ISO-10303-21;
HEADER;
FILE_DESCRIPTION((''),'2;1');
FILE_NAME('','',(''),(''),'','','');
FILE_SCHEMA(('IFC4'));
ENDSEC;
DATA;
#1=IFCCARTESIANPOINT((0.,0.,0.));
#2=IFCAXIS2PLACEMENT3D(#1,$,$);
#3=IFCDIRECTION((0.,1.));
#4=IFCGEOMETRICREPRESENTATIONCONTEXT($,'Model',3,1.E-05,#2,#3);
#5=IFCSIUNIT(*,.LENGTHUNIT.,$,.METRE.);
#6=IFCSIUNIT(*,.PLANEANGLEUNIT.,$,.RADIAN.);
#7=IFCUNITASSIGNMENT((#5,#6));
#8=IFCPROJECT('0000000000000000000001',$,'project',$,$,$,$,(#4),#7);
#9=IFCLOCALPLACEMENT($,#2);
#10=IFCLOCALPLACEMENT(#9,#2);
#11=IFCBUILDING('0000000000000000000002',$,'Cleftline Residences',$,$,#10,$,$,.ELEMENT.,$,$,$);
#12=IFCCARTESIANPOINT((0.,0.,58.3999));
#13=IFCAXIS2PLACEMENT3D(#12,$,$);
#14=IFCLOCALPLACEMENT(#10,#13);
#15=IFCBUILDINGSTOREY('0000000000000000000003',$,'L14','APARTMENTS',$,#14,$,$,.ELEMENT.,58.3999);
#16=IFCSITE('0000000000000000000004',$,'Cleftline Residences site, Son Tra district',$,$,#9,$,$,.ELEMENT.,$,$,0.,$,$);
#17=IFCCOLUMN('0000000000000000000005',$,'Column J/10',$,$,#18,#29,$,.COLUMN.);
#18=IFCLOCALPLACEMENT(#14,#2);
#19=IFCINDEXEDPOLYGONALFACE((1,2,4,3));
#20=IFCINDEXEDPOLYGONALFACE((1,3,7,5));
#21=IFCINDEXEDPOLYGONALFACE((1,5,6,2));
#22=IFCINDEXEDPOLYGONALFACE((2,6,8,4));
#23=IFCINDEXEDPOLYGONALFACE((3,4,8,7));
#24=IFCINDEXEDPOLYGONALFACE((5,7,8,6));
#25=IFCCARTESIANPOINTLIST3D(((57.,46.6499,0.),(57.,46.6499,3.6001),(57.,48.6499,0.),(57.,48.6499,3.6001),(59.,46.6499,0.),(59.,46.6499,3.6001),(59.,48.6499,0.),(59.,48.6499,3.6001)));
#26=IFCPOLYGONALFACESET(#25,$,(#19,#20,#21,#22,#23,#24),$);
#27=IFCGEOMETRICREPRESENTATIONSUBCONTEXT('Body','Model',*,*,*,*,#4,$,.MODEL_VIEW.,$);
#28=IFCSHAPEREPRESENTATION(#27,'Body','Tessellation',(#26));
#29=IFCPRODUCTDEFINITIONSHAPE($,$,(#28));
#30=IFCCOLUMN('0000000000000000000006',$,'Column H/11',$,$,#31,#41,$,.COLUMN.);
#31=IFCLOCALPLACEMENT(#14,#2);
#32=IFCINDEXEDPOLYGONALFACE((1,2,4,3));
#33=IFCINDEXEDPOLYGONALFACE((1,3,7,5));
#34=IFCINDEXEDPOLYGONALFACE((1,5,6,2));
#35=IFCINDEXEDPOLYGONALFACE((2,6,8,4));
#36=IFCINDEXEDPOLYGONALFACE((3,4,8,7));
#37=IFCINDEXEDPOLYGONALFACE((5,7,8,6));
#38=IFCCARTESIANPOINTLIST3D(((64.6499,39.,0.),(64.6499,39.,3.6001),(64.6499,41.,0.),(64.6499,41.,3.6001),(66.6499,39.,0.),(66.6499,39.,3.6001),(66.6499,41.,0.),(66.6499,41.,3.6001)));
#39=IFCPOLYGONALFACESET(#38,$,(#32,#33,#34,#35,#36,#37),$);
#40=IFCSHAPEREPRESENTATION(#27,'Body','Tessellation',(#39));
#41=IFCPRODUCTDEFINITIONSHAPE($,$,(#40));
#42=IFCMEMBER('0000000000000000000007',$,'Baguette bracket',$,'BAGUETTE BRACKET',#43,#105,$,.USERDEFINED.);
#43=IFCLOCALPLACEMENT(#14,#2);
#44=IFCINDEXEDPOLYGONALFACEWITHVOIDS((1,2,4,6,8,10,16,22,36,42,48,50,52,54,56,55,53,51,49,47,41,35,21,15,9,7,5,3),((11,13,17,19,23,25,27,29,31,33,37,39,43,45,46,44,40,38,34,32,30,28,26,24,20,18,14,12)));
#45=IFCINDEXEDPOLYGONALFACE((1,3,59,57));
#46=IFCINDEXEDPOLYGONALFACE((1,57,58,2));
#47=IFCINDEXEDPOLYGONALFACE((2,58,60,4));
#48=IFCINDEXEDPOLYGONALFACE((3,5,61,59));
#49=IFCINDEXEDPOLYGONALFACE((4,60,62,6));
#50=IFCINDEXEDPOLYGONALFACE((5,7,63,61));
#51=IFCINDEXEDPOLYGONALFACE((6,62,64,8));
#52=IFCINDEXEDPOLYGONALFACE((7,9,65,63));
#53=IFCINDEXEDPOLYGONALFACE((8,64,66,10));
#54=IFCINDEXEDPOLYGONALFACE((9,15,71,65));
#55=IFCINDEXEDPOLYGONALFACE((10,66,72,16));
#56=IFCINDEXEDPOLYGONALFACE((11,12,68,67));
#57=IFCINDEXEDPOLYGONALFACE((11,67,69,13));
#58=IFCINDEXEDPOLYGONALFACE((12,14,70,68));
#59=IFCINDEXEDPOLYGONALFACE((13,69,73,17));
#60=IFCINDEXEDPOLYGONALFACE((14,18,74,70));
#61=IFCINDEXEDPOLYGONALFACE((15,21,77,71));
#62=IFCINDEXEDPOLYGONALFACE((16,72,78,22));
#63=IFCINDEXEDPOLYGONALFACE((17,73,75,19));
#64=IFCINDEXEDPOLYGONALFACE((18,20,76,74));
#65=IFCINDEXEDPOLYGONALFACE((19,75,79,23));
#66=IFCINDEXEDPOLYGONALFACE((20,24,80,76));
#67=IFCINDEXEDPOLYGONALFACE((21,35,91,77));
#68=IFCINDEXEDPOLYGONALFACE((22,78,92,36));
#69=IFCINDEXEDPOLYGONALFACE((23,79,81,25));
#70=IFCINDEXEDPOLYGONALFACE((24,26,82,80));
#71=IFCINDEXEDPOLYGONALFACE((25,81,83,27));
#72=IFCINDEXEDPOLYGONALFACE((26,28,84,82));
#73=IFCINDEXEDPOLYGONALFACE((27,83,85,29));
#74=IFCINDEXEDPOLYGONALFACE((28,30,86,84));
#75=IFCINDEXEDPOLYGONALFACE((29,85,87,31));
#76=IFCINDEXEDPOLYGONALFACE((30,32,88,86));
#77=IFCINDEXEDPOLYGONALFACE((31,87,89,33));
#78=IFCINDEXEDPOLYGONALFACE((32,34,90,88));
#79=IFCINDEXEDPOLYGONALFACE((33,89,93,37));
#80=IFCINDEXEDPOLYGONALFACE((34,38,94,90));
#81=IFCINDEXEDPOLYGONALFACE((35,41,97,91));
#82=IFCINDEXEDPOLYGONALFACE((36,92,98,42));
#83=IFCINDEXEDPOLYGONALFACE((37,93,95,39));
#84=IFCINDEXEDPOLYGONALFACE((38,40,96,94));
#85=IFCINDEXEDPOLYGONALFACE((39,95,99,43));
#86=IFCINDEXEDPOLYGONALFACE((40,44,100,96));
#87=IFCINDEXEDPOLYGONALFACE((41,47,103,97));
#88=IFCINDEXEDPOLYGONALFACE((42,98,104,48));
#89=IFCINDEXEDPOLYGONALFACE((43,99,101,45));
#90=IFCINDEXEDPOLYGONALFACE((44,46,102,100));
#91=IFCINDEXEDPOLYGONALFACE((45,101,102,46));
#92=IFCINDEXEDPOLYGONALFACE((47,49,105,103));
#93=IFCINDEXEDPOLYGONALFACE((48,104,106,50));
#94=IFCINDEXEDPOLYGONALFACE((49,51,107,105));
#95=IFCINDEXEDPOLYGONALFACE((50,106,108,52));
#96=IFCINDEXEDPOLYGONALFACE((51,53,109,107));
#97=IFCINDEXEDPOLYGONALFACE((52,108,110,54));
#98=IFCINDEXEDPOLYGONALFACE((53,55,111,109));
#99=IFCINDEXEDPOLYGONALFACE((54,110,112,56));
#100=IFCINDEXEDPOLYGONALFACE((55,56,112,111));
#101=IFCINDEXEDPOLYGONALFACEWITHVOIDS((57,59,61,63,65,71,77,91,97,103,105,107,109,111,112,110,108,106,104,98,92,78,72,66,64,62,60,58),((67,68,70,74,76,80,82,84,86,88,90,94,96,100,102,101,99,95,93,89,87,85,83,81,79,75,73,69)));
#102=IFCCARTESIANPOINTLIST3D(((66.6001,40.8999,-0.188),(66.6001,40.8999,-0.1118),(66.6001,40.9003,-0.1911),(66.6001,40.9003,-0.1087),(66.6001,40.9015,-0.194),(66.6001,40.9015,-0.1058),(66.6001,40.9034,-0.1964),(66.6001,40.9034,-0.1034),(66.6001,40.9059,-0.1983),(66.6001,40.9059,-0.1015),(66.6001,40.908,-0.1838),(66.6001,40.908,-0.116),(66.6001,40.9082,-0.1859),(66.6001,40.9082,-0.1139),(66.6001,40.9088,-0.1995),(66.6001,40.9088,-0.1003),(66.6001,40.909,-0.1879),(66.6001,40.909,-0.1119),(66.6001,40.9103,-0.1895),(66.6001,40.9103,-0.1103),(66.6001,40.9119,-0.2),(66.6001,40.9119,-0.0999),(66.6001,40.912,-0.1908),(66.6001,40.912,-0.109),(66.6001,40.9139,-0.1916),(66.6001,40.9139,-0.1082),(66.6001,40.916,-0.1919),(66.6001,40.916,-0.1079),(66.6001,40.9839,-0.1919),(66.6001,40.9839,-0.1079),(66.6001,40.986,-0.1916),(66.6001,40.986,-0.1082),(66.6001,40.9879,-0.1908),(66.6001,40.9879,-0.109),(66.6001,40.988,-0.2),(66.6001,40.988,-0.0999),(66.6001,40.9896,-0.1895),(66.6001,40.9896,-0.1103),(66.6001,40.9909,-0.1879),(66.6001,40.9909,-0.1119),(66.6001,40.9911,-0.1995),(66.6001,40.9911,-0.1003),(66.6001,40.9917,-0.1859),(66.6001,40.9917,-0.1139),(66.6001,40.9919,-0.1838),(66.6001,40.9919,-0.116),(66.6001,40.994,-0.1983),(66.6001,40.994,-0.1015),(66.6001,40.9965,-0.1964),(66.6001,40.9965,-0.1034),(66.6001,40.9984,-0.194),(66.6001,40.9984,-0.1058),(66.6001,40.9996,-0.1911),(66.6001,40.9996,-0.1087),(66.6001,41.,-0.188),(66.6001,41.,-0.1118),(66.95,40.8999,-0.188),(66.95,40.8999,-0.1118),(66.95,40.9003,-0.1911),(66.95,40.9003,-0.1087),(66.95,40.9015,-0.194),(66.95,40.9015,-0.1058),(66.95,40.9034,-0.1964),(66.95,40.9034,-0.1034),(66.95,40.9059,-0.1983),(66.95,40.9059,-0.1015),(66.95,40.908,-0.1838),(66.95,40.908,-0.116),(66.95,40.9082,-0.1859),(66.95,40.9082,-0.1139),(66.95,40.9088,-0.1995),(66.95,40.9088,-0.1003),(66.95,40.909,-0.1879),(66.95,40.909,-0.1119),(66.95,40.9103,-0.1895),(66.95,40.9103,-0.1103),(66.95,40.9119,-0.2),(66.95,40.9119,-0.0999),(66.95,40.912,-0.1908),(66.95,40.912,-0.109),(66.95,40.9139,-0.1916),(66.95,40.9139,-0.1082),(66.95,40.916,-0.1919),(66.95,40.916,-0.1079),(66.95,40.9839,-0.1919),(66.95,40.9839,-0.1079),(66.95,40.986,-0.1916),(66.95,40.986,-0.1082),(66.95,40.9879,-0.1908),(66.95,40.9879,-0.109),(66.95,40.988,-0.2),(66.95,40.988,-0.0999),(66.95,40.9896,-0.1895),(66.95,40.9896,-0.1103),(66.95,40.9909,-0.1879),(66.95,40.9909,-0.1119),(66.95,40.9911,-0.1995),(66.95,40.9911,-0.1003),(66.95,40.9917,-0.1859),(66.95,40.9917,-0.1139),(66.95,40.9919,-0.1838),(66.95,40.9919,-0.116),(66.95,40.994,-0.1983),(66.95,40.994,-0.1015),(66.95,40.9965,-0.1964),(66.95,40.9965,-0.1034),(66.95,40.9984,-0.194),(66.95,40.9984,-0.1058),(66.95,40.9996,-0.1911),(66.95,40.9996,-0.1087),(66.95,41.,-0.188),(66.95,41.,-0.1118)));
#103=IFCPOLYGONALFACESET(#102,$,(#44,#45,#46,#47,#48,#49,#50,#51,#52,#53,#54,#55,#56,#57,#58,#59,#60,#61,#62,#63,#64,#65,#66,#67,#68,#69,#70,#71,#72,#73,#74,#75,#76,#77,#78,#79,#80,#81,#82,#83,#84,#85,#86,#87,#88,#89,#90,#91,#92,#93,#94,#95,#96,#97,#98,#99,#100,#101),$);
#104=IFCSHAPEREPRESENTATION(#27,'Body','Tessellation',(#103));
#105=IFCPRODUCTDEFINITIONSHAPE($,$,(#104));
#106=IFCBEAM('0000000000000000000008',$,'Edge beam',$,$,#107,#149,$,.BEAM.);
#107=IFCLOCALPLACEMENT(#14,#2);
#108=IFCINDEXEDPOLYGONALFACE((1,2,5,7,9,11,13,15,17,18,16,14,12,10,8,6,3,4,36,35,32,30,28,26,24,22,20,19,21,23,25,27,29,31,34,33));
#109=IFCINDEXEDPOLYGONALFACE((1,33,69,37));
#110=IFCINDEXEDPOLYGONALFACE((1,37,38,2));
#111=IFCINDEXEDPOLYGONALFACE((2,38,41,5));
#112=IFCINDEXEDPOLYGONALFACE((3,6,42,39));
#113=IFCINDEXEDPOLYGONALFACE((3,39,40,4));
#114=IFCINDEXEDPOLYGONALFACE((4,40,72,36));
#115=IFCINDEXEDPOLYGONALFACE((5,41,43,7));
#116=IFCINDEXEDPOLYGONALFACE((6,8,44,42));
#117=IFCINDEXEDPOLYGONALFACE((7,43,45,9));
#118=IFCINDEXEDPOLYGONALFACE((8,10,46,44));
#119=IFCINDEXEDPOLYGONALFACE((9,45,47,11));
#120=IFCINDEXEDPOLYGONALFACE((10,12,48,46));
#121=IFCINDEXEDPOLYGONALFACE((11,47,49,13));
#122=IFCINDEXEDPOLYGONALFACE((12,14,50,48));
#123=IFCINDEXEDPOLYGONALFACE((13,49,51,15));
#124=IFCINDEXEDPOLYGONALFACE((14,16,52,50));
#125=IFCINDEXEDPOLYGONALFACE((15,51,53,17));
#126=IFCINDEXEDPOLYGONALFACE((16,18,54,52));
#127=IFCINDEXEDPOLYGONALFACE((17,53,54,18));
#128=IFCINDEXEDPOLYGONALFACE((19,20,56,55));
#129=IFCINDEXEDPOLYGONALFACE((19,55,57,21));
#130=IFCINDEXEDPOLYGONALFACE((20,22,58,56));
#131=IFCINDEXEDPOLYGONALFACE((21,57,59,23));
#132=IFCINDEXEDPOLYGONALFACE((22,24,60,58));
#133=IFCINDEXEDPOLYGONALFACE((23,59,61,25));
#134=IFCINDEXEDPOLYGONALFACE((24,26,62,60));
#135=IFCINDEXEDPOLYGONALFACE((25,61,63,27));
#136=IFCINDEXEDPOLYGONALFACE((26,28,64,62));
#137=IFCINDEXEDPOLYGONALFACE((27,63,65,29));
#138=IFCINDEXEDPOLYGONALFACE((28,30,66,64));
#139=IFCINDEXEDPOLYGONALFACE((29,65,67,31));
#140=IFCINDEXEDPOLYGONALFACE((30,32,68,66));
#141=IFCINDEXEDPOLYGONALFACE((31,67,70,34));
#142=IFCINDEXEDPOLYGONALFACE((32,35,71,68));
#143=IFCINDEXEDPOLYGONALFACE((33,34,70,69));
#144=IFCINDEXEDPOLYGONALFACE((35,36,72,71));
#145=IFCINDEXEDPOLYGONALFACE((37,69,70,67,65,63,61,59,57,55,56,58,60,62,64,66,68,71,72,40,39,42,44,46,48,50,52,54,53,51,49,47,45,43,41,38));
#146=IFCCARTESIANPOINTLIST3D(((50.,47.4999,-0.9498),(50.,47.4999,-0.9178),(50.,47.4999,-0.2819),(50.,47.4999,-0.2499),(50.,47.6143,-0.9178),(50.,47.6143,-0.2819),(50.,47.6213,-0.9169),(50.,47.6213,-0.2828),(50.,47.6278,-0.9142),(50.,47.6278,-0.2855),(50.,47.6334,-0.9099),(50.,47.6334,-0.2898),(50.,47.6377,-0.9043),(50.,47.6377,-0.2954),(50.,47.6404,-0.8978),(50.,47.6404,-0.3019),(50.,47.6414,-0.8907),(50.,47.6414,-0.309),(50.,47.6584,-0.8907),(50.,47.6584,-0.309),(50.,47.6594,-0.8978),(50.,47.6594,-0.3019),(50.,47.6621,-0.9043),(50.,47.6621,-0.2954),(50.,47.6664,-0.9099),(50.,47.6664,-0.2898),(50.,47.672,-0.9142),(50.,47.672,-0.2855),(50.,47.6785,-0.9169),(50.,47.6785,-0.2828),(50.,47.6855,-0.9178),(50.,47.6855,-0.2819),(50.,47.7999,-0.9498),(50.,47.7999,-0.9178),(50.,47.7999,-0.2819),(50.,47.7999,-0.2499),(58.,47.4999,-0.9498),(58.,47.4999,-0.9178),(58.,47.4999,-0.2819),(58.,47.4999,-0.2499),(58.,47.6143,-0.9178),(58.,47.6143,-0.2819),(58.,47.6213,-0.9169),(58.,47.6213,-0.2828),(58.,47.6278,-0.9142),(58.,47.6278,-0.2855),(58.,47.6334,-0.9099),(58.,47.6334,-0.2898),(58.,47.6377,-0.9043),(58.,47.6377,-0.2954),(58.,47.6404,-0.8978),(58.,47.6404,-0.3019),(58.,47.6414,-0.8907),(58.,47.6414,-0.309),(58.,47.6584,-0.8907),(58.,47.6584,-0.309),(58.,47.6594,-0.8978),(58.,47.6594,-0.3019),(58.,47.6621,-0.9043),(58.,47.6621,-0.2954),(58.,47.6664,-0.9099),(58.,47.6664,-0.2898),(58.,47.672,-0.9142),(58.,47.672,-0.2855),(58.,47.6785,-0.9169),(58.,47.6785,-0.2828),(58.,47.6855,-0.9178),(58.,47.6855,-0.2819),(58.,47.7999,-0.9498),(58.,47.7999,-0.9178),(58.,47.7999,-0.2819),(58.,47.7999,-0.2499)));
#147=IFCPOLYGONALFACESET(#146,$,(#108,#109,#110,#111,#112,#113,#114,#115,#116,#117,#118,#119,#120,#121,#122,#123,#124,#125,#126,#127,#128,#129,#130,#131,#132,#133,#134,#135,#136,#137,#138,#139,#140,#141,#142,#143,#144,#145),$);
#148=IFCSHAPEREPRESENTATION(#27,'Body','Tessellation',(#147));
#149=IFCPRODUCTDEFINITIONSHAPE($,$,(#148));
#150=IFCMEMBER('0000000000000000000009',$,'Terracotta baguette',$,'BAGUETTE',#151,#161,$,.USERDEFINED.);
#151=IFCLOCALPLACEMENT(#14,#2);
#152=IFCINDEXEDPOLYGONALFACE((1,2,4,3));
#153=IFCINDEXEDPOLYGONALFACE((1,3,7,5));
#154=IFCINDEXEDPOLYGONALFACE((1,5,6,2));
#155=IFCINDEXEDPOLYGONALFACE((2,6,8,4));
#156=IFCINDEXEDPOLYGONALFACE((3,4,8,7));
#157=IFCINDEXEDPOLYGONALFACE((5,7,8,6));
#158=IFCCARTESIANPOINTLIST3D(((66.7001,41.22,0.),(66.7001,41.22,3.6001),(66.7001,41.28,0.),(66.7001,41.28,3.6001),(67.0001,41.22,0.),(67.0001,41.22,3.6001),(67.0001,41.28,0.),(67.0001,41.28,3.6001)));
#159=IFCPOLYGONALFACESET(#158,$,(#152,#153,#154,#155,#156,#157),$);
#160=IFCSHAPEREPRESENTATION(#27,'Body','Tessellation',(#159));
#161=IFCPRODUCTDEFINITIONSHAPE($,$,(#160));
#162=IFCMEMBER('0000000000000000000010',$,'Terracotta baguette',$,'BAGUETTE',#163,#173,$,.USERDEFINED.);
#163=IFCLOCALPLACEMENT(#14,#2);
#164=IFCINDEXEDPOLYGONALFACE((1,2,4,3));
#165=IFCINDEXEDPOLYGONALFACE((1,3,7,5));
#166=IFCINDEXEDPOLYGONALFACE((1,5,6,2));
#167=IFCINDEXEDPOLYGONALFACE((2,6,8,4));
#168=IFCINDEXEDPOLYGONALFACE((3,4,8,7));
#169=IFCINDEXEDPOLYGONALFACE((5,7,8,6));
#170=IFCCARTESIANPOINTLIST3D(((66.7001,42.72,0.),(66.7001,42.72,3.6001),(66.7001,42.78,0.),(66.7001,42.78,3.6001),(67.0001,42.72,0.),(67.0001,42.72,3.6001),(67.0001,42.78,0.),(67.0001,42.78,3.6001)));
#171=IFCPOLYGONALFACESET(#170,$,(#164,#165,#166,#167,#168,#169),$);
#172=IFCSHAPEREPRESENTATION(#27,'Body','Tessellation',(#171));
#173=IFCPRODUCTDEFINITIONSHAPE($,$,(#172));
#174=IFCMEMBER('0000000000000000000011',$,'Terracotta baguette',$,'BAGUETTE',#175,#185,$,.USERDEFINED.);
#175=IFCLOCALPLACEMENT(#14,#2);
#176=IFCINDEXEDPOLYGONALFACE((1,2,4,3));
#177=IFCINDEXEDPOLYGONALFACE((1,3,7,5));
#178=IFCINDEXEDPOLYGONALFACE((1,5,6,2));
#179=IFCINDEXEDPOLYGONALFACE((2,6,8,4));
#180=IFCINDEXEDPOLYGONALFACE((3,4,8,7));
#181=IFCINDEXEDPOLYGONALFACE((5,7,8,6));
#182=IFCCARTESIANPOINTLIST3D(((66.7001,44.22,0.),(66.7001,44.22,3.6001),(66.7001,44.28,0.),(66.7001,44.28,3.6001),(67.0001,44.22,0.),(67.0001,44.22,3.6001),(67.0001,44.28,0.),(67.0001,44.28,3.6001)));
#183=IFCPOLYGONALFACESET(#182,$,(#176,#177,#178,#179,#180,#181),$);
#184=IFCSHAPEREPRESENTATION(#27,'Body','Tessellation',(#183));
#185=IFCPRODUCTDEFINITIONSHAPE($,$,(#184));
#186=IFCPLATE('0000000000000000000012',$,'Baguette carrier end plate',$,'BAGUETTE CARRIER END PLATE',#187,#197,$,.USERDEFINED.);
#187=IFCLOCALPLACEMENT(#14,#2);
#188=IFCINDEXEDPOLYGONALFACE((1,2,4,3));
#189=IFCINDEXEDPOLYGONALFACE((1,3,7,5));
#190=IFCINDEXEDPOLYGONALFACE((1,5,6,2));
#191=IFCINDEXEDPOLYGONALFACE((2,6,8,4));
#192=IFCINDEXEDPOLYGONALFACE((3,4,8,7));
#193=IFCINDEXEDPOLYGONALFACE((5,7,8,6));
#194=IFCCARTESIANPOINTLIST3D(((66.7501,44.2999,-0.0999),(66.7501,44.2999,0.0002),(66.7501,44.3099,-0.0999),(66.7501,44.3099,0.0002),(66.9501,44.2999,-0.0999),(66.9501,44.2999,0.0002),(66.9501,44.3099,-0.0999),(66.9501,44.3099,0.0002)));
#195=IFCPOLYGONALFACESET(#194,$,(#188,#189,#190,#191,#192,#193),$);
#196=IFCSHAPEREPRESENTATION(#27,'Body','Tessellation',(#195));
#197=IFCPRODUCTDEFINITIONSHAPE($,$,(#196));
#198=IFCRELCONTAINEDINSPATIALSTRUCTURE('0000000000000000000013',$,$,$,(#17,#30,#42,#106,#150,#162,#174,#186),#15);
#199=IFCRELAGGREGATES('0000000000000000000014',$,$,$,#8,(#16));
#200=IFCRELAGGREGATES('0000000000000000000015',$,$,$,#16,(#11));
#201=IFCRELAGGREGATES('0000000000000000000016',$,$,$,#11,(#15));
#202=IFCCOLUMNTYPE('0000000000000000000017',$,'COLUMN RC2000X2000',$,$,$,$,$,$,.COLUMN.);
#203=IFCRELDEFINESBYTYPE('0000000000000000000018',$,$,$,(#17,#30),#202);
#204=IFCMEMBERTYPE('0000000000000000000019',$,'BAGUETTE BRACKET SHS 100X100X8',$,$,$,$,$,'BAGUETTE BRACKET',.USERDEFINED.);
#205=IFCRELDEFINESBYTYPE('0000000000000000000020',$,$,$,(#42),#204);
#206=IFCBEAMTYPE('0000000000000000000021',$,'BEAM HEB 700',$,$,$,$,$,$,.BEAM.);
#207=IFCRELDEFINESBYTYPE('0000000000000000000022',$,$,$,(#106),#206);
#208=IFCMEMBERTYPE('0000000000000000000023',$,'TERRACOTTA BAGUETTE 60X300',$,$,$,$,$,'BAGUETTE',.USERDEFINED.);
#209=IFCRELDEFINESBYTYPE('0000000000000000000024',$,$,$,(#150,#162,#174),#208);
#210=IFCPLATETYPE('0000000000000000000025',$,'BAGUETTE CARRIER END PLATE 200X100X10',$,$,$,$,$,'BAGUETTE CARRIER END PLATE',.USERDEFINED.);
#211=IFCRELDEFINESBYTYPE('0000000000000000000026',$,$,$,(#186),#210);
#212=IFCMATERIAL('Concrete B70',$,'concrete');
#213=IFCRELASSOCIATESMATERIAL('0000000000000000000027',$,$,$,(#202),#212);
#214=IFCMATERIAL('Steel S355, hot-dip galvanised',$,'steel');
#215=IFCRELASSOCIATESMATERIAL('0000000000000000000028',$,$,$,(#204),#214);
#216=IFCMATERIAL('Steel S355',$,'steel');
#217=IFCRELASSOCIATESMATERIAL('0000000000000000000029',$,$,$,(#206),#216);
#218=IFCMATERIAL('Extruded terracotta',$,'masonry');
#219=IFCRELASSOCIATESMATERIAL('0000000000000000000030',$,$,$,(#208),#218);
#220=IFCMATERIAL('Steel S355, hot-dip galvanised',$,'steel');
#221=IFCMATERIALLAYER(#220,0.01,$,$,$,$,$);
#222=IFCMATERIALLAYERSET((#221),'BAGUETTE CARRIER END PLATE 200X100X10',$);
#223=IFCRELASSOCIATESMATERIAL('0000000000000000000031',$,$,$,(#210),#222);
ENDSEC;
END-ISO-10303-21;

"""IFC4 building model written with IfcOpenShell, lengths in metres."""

from ifc_helpers import new_model, si_unit, direction, frame, origin, origin_2d, place, context, subcontext, project, spatial, rectangle, hollow_rectangle, i_section, extrude, material, layer, layer_set, material_profile, profile_set, type_object, element, save


model = new_model("IFC4")

# Units and contexts
model_context = context("Model", 3, precision=1e-05, world=origin(), true_north=direction((0.0, 1.0)))
body_context = subcontext(model_context, "Body", "Model", "MODEL_VIEW")
ifc_project = project(units=[si_unit("LENGTHUNIT", "METRE"), si_unit("PLANEANGLEUNIT", "RADIAN")], contexts=[model_context])

# Site, building, storey
site_placement = place(None, origin())
site = spatial("IfcSite", under=ifc_project, at=site_placement, Name="Cleftline Residences site, Son Tra district", CompositionType="ELEMENT", RefElevation=0.0)
building_placement = place(site_placement, origin())
building = spatial("IfcBuilding", under=site, at=building_placement, Name="Cleftline Residences", CompositionType="ELEMENT")
storey_placement = place(building_placement, frame((0.0, 0.0, 58.3999)))
storey = spatial("IfcBuildingStorey", under=building, at=storey_placement, Name="L14", Description="APARTMENTS", CompositionType="ELEMENT", Elevation=58.3999)

# Columns
ifc_material_1 = material(Name="Concrete B70", Category="concrete")
ifc_material_profile_1 = material_profile(ifc_material_1, rectangle(XDim=2.0, YDim=2.0, at=origin_2d()))
ifc_profile_set_1 = profile_set([ifc_material_profile_1], Name="Concrete B70")
column_type = type_object("IfcColumnType", Name="COLUMN RC2000X2000", PredefinedType="COLUMN", material=ifc_profile_set_1)
for number, where, z_axis, x_axis, name in (
    (1, (58.0, 47.6499, 0.0), (0.0, 0.0, 1.0), (1.0, 0.0, 0.0), "Column J/10"),
    (2, (65.6499, 40.0, 0.0), (0.0, 0.0, 1.0), (1.0, 0.0, 0.0), "Column H/11"),
):
    element("IfcColumn", number, at=place(storey_placement, frame(where, z_axis=z_axis, x_axis=x_axis)), inside=storey, type_object=column_type, Name=name, PredefinedType="COLUMN", context=body_context, shape_type="SweptSolid", body=[
        extrude(rectangle(XDim=2.0, YDim=2.0, at=origin_2d()), origin(), (0.0, 0.0, 1.0), 3.6001),
    ])

# Member
ifc_material_2 = material(Name="Steel S355, hot-dip galvanised", Category="steel")
ifc_material_profile_2 = material_profile(ifc_material_2, hollow_rectangle(XDim=0.1001, YDim=0.1001, WallThickness=0.0081, InnerFilletRadius=0.0081, OuterFilletRadius=0.012, at=origin_2d()))
ifc_profile_set_2 = profile_set([ifc_material_profile_2], Name="Steel S355, hot-dip galvanised")
member_type_1 = type_object("IfcMemberType", Name="BAGUETTE BRACKET SHS 100X100X8", ElementType="BAGUETTE BRACKET", PredefinedType="USERDEFINED", material=ifc_profile_set_2)
member_placement = place(storey_placement, frame((66.6001, 40.95, -0.1499), z_axis=(1.0, 0.0, 0.0), x_axis=(0.0, 1.0, 0.0)))
element("IfcMember", 3, at=member_placement, inside=storey, type_object=member_type_1, Name="Baguette bracket", ObjectType="BAGUETTE BRACKET", PredefinedType="USERDEFINED", context=body_context, shape_type="SweptSolid", body=[
    extrude(hollow_rectangle(XDim=0.1001, YDim=0.1001, WallThickness=0.0081, InnerFilletRadius=0.0081, OuterFilletRadius=0.012, at=origin_2d()), origin(), (0.0, 0.0, 1.0), 0.3499),
])

# Beam
ifc_material_3 = material(Name="Steel S355", Category="steel")
ifc_material_profile_3 = material_profile(ifc_material_3, i_section(OverallWidth=0.3, OverallDepth=0.7, WebThickness=0.0171, FlangeThickness=0.032, FilletRadius=0.0271, at=origin_2d()))
ifc_profile_set_3 = profile_set([ifc_material_profile_3], Name="Steel S355")
beam_type = type_object("IfcBeamType", Name="BEAM HEB 700", PredefinedType="BEAM", material=ifc_profile_set_3)
beam_placement = place(storey_placement, frame((58.0, 47.6499, -0.5999), z_axis=(-1.0, 0.0, 0.0), x_axis=(0.0, -1.0, 0.0)))
element("IfcBeam", 4, at=beam_placement, inside=storey, type_object=beam_type, Name="Edge beam", PredefinedType="BEAM", context=body_context, shape_type="SweptSolid", body=[
    extrude(i_section(OverallWidth=0.3, OverallDepth=0.7, WebThickness=0.0171, FlangeThickness=0.032, FilletRadius=0.0271, at=origin_2d()), origin(), (0.0, 0.0, 1.0), 8.0),
])

# Members
ifc_material_4 = material(Name="Extruded terracotta", Category="masonry")
ifc_material_profile_4 = material_profile(ifc_material_4, rectangle(XDim=0.0601, YDim=0.3, at=origin_2d()))
ifc_profile_set_4 = profile_set([ifc_material_profile_4], Name="Extruded terracotta")
member_type_2 = type_object("IfcMemberType", Name="TERRACOTTA BAGUETTE 60X300", ElementType="BAGUETTE", PredefinedType="USERDEFINED", material=ifc_profile_set_4)
for number, where, z_axis, x_axis, name in (
    (5, (66.8501, 41.25, 0.0), (0.0, 0.0, 1.0), (0.0, 1.0, 0.0), "Terracotta baguette"),
    (6, (66.8501, 42.75, 0.0), (0.0, 0.0, 1.0), (0.0, 1.0, 0.0), "Terracotta baguette"),
    (7, (66.8501, 44.25, 0.0), (0.0, 0.0, 1.0), (0.0, 1.0, 0.0), "Terracotta baguette"),
):
    element("IfcMember", number, at=place(storey_placement, frame(where, z_axis=z_axis, x_axis=x_axis)), inside=storey, type_object=member_type_2, Name=name, ObjectType="BAGUETTE", PredefinedType="USERDEFINED", context=body_context, shape_type="SweptSolid", body=[
        extrude(rectangle(XDim=0.0601, YDim=0.3, at=origin_2d()), origin(), (0.0, 0.0, 1.0), 3.6001),
    ])

# Plate
ifc_material_5 = material(Name="Steel S355, hot-dip galvanised", Category="steel")
ifc_layer_1 = layer(ifc_material_5, 0.01)
ifc_layer_set_1 = layer_set([ifc_layer_1], Name="BAGUETTE CARRIER END PLATE 200X100X10")
plate_type = type_object("IfcPlateType", Name="BAGUETTE CARRIER END PLATE 200X100X10", ElementType="BAGUETTE CARRIER END PLATE", PredefinedType="USERDEFINED", material=ifc_layer_set_1)
plate_placement = place(storey_placement, frame((66.8501, 44.3049, -0.0999), z_axis=(0.0, 0.0, 1.0), x_axis=(1.0, 0.0, 0.0)))
element("IfcPlate", 8, at=plate_placement, inside=storey, type_object=plate_type, Name="Baguette carrier end plate", ObjectType="BAGUETTE CARRIER END PLATE", PredefinedType="USERDEFINED", context=body_context, shape_type="SweptSolid", body=[
    extrude(rectangle(XDim=0.2, YDim=0.01, at=origin_2d()), origin(), (0.0, 0.0, 1.0), 0.1001),
])

save(model, "model.ifc")
